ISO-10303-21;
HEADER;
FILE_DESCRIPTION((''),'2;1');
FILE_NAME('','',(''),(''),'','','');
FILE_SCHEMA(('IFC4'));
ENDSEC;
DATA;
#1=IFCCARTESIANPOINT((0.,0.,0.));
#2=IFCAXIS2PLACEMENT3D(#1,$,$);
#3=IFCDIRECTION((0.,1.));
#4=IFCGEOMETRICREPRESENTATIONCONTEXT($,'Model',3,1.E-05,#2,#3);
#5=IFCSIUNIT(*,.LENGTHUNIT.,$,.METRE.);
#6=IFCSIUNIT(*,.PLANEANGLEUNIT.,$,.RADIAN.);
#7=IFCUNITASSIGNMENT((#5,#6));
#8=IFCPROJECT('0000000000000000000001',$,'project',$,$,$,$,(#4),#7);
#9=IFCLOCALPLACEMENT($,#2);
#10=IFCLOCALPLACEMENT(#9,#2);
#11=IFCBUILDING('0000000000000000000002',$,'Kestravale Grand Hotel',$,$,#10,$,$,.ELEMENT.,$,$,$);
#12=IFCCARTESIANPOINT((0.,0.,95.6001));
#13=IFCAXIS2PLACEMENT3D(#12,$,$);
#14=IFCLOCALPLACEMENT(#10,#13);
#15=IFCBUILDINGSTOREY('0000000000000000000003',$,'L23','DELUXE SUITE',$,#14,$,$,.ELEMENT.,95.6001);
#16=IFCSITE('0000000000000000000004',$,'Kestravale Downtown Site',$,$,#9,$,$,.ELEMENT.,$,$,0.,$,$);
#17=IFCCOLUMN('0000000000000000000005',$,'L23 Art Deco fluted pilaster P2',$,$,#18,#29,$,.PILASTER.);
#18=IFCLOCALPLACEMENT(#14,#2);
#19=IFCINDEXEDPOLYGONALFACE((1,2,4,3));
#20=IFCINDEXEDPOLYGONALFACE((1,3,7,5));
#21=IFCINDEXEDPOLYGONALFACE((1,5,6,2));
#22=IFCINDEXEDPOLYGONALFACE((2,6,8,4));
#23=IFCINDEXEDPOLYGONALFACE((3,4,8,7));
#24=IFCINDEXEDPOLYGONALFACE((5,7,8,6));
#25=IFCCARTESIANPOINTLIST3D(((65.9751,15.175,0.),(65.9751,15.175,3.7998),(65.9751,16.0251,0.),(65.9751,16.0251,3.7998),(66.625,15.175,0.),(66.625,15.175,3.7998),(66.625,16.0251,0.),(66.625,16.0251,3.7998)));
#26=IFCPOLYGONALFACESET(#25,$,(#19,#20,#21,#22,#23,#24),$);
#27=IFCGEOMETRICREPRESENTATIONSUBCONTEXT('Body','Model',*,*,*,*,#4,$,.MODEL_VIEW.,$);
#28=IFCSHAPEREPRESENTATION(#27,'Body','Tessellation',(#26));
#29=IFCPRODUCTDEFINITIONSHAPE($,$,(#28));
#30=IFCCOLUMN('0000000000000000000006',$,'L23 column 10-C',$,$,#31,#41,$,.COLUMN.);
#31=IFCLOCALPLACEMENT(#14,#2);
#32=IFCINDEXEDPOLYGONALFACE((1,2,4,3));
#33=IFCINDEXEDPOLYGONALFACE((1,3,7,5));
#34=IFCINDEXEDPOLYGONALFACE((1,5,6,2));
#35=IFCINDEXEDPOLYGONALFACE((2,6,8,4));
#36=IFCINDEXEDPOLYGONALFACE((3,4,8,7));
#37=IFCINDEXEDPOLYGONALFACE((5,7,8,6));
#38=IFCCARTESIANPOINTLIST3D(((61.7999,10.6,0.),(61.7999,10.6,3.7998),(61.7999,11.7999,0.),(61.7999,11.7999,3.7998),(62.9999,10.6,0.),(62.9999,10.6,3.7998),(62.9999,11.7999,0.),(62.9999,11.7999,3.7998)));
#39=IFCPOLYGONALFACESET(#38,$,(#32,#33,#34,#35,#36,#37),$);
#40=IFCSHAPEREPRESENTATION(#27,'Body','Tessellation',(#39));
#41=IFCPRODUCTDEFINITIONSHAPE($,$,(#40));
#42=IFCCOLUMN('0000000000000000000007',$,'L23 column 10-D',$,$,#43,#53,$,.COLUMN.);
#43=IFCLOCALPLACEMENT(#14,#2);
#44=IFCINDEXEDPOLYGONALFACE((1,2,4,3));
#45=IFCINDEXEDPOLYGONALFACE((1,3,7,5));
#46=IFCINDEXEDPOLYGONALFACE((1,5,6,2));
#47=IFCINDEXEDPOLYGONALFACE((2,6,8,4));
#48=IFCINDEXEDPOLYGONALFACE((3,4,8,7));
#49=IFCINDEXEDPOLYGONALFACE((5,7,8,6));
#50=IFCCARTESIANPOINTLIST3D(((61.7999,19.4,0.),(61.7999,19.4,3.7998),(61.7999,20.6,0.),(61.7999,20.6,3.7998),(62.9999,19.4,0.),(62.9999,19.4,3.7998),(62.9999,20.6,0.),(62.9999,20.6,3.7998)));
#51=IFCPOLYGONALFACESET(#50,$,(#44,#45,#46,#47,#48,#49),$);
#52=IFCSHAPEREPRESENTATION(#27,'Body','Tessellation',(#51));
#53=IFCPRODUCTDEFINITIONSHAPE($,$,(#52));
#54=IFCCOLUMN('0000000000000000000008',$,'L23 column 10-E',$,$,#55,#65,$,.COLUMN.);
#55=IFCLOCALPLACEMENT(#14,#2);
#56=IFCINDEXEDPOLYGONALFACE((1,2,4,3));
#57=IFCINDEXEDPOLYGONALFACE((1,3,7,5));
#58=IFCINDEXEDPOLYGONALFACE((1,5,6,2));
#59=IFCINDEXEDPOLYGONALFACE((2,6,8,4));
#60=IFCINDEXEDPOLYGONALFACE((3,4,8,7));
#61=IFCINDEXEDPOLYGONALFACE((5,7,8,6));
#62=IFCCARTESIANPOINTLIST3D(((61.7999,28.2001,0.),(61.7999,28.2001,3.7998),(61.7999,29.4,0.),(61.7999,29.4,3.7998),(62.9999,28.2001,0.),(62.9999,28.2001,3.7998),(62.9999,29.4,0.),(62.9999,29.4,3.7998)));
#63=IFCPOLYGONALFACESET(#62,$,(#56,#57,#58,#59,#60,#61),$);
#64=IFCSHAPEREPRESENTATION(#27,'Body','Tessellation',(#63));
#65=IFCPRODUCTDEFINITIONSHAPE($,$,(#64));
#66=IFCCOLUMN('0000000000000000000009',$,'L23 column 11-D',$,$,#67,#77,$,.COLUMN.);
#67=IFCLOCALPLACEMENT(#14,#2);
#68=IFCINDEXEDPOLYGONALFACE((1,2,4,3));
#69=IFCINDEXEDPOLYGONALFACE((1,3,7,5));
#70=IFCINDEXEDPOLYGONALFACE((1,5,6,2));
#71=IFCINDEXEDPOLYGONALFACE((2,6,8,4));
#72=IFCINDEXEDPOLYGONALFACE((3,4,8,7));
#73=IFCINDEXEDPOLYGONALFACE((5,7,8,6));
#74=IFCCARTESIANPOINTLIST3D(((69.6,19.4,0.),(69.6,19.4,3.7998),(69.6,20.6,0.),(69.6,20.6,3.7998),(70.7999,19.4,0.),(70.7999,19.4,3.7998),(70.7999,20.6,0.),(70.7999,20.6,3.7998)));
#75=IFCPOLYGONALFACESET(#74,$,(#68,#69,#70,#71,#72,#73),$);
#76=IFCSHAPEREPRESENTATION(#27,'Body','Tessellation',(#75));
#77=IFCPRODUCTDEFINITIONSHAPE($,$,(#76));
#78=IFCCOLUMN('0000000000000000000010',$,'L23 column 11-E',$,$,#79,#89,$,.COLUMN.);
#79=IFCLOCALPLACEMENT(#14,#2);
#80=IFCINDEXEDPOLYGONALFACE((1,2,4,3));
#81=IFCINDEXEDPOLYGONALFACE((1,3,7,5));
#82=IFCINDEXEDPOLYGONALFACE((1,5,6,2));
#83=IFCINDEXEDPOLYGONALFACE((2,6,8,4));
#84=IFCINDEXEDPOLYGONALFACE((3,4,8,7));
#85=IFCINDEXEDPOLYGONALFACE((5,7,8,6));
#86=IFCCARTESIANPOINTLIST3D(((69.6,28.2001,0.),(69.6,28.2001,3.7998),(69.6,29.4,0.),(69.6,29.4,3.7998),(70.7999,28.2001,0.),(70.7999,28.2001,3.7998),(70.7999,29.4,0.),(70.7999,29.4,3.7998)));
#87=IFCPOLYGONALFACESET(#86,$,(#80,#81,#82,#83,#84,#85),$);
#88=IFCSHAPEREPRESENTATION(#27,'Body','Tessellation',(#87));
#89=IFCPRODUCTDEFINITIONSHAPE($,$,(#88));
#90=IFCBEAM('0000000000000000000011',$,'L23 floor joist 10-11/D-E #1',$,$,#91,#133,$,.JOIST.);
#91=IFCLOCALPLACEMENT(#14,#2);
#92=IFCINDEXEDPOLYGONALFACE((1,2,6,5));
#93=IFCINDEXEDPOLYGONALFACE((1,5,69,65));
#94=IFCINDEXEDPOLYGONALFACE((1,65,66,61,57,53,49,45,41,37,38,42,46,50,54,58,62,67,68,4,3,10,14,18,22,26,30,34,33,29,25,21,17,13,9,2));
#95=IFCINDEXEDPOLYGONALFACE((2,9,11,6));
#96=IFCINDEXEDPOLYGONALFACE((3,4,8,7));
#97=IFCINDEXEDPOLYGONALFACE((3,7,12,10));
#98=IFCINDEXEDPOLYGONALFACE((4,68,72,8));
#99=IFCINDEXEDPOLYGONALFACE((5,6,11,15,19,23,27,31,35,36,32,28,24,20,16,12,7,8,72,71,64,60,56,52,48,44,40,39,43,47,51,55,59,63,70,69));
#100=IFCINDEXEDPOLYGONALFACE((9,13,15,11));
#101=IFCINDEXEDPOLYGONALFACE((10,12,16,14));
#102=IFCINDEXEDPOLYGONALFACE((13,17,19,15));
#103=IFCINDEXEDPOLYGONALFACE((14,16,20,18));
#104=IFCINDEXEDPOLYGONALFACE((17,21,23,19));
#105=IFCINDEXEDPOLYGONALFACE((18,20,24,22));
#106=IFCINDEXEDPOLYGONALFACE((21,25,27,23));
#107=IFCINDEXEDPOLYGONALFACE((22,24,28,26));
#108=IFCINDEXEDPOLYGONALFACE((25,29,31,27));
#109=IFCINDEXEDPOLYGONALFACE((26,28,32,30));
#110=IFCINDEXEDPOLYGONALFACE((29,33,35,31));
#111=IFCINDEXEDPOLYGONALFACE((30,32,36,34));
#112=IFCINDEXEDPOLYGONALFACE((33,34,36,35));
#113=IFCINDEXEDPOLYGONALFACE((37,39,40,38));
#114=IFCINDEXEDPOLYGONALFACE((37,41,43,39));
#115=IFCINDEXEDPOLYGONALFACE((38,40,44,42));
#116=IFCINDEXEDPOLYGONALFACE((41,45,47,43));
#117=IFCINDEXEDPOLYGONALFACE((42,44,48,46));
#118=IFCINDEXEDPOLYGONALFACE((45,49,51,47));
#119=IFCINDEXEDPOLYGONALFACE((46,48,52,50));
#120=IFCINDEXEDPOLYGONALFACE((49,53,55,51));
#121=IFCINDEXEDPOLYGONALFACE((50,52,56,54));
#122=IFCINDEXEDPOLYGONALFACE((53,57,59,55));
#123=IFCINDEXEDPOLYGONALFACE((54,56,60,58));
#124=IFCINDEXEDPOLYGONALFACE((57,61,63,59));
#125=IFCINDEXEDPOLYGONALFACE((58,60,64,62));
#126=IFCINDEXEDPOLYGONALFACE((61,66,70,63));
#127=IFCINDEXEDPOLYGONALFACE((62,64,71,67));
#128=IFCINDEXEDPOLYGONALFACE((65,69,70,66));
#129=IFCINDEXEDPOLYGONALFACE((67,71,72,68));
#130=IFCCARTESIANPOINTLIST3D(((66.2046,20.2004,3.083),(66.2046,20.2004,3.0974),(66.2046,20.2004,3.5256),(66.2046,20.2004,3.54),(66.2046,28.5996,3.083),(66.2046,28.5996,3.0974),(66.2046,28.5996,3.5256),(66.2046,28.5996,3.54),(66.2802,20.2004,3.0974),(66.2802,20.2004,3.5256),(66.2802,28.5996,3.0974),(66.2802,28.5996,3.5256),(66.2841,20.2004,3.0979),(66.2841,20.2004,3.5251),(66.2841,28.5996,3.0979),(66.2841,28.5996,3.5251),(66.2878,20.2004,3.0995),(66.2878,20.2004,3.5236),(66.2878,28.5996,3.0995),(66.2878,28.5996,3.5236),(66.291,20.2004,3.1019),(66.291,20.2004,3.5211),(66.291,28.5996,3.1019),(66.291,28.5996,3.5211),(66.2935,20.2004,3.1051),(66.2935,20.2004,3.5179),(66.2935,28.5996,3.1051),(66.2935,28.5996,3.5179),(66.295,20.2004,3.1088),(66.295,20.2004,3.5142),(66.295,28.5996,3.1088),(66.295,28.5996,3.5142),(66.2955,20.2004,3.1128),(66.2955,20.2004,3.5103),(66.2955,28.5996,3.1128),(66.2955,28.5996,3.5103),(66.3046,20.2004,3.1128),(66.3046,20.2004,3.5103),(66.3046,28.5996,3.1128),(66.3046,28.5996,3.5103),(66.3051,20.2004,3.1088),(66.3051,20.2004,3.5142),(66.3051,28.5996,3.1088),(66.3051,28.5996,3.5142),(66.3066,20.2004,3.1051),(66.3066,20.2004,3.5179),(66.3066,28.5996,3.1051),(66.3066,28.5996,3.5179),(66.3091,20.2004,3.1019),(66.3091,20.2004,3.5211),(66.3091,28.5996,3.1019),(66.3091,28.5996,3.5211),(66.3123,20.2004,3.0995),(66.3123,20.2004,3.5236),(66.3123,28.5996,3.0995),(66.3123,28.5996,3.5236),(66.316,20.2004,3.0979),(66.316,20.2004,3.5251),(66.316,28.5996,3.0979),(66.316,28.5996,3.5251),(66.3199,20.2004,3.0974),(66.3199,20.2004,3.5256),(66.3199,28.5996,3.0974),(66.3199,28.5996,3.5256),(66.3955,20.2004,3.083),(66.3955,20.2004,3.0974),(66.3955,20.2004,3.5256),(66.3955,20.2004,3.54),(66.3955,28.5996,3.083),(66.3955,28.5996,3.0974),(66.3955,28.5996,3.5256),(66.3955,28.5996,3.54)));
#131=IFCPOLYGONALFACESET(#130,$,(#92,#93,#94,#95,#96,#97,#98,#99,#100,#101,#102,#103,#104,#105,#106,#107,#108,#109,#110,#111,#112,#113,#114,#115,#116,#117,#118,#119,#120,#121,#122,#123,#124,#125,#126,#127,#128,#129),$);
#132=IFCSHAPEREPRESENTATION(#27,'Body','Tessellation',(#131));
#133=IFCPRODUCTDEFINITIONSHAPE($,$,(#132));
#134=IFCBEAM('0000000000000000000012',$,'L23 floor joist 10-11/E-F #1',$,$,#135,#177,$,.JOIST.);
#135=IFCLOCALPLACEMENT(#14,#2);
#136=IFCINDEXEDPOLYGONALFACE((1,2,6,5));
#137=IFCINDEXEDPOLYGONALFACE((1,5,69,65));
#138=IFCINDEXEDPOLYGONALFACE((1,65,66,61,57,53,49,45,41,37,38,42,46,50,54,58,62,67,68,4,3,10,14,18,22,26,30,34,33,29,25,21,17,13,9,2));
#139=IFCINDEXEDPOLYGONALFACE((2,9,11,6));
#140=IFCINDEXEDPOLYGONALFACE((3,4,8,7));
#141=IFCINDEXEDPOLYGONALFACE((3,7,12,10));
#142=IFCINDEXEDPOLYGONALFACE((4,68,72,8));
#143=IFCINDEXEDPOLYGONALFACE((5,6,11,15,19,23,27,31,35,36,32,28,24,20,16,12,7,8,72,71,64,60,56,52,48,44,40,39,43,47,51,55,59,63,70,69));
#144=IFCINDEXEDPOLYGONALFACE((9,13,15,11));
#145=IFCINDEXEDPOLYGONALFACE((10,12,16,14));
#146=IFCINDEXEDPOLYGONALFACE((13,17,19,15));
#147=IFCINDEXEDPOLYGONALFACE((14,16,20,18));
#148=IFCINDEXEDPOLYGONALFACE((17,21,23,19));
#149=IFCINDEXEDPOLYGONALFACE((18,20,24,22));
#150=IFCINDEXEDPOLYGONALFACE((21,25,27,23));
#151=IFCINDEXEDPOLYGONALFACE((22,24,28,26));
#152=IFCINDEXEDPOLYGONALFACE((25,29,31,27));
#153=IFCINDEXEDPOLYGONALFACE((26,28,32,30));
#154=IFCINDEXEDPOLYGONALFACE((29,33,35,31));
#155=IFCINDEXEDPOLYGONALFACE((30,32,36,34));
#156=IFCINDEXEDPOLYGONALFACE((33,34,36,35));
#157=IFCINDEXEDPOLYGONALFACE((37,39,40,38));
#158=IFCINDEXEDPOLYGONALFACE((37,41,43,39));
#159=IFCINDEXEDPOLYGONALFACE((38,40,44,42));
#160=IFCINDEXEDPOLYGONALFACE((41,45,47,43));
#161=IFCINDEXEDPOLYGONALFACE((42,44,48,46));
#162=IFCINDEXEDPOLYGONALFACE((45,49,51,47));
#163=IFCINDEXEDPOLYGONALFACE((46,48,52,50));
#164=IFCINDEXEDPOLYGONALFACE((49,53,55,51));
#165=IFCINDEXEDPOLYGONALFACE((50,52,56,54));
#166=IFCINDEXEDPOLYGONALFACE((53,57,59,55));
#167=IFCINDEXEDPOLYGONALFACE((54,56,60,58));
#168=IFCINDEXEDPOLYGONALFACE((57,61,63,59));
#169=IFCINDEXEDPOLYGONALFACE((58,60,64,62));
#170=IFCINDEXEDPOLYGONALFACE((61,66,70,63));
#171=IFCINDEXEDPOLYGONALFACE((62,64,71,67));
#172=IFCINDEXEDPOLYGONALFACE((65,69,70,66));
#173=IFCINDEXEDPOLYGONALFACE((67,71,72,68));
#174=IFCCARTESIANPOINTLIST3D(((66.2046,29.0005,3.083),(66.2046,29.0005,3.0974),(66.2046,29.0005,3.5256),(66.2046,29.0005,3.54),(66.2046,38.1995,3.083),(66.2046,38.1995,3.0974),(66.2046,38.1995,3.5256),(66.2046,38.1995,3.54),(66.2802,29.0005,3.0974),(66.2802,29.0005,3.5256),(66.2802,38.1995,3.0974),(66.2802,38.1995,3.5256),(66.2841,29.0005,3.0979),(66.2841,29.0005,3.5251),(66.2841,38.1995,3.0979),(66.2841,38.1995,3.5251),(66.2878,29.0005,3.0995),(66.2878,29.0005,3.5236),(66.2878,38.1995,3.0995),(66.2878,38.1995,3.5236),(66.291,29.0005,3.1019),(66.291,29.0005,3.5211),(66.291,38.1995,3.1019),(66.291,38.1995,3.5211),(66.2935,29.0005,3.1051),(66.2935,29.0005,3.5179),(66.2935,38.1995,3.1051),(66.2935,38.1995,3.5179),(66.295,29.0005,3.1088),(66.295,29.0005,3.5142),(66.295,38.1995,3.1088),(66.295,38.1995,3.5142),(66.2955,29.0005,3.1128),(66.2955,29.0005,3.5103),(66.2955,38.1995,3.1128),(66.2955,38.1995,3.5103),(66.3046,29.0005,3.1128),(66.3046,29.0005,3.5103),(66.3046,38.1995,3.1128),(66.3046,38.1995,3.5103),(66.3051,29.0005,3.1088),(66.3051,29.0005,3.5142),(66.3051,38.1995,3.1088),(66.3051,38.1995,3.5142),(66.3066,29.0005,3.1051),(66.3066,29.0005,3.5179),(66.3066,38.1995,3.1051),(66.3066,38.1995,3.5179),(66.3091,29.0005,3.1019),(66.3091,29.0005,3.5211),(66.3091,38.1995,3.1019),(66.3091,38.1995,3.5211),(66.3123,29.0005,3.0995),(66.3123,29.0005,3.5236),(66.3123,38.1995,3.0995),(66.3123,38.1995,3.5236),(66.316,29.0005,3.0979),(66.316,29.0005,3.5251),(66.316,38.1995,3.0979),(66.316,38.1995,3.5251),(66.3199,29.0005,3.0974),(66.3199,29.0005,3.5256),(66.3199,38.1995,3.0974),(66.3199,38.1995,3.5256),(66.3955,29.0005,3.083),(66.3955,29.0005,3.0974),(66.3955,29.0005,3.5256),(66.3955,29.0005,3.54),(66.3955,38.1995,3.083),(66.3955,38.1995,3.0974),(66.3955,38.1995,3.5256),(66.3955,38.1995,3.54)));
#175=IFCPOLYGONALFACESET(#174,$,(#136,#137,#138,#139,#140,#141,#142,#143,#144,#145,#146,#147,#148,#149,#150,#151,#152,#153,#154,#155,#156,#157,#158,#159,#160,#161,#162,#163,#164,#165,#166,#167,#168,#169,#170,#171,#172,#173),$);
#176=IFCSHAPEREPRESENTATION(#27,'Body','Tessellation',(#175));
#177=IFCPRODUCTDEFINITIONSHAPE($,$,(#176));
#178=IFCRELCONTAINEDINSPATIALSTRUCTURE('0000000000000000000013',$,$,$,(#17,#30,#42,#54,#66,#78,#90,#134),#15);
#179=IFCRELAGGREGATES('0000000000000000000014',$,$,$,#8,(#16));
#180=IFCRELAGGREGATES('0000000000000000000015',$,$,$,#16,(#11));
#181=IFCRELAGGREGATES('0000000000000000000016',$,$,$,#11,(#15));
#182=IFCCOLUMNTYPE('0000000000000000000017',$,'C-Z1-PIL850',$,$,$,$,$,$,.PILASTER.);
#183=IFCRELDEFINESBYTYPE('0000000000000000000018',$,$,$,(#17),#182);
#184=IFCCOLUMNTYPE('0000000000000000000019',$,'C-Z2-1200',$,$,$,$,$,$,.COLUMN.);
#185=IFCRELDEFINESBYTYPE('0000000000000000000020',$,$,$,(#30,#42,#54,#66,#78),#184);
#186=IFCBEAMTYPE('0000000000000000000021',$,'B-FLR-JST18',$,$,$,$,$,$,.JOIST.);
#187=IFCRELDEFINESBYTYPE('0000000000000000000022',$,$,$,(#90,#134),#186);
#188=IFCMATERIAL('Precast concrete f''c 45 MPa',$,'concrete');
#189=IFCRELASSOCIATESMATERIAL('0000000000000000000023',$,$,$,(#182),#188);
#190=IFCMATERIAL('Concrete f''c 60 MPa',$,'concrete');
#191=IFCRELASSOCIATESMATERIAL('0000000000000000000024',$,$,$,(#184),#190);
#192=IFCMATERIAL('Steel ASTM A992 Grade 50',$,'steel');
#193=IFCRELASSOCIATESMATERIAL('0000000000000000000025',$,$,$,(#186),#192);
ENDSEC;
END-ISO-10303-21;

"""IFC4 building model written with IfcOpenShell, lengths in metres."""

from ifc_helpers import new_model, si_unit, direction, frame, origin, origin_2d, place, context, subcontext, project, spatial, rectangle, i_section, extrude, material, material_profile, profile_set, type_object, element, save


model = new_model("IFC4")

# Units and contexts
model_context = context("Model", 3, precision=1e-05, world=origin(), true_north=direction((0.0, 1.0)))
body_context = subcontext(model_context, "Body", "Model", "MODEL_VIEW")
ifc_project = project(units=[si_unit("LENGTHUNIT", "METRE"), si_unit("PLANEANGLEUNIT", "RADIAN")], contexts=[model_context])

# Site, building, storey
site_placement = place(None, origin())
site = spatial("IfcSite", under=ifc_project, at=site_placement, Name="Kestravale Downtown Site", CompositionType="ELEMENT", RefElevation=0.0)
building_placement = place(site_placement, origin())
building = spatial("IfcBuilding", under=site, at=building_placement, Name="Kestravale Grand Hotel", CompositionType="ELEMENT")
storey_placement = place(building_placement, frame((0.0, 0.0, 95.6001)))
storey = spatial("IfcBuildingStorey", under=building, at=storey_placement, Name="L23", Description="DELUXE SUITE", CompositionType="ELEMENT", Elevation=95.6001)

# Columns
ifc_material_1 = material(Name="Precast concrete f'c 45 MPa", Category="concrete")
ifc_material_profile_1 = material_profile(ifc_material_1, rectangle(XDim=0.6499, YDim=0.8501, at=origin_2d()))
ifc_profile_set_1 = profile_set([ifc_material_profile_1], Name="Precast concrete f'c 45 MPa")
column_type_1 = type_object("IfcColumnType", Name="C-Z1-PIL850", PredefinedType="PILASTER", material=ifc_profile_set_1)
column_placement = place(storey_placement, frame((66.3, 15.6001, 0.0), z_axis=(0.0, 0.0, 1.0), x_axis=(1.0, 0.0, 0.0)))
element("IfcColumn", 1, at=column_placement, inside=storey, type_object=column_type_1, Name="L23 Art Deco fluted pilaster P2", PredefinedType="PILASTER", context=body_context, shape_type="SweptSolid", body=[
    extrude(rectangle(XDim=0.6499, YDim=0.8501, at=origin_2d()), origin(), (0.0, 0.0, 1.0), 3.7998),
])
ifc_material_2 = material(Name="Concrete f'c 60 MPa", Category="concrete")
ifc_material_profile_2 = material_profile(ifc_material_2, rectangle(XDim=1.2, YDim=1.2, at=origin_2d()))
ifc_profile_set_2 = profile_set([ifc_material_profile_2], Name="Concrete f'c 60 MPa")
column_type_2 = type_object("IfcColumnType", Name="C-Z2-1200", PredefinedType="COLUMN", material=ifc_profile_set_2)
for number, where, z_axis, x_axis, name in (
    (2, (62.3999, 11.2, 0.0), (0.0, 0.0, 1.0), (1.0, 0.0, 0.0), "L23 column 10-C"),
    (3, (62.3999, 20.0, 0.0), (0.0, 0.0, 1.0), (1.0, 0.0, 0.0), "L23 column 10-D"),
    (4, (62.3999, 28.8, 0.0), (0.0, 0.0, 1.0), (1.0, 0.0, 0.0), "L23 column 10-E"),
    (5, (70.2, 20.0, 0.0), (0.0, 0.0, 1.0), (1.0, 0.0, 0.0), "L23 column 11-D"),
    (6, (70.2, 28.8, 0.0), (0.0, 0.0, 1.0), (1.0, 0.0, 0.0), "L23 column 11-E"),
):
    element("IfcColumn", number, at=place(storey_placement, frame(where, z_axis=z_axis, x_axis=x_axis)), inside=storey, type_object=column_type_2, Name=name, PredefinedType="COLUMN", context=body_context, shape_type="SweptSolid", body=[
        extrude(rectangle(XDim=1.2, YDim=1.2, at=origin_2d()), origin(), (0.0, 0.0, 1.0), 3.7998),
    ])

# Beams
ifc_material_3 = material(Name="Steel ASTM A992 Grade 50", Category="steel")
ifc_material_profile_3 = material_profile(ifc_material_3, i_section(OverallWidth=0.1909, OverallDepth=0.457, WebThickness=0.009, FlangeThickness=0.0144, FilletRadius=0.0154, at=origin_2d()))
ifc_profile_set_3 = profile_set([ifc_material_profile_3], Name="Steel ASTM A992 Grade 50")
beam_type_1 = type_object("IfcBeamType", Name="B-FLR-JST18", PredefinedType="JOIST", material=ifc_profile_set_3)
beam_1_placement = place(storey_placement, frame((66.3, 20.2004, 3.3115), z_axis=(0.0, 1.0, 0.0), x_axis=(-1.0, 0.0, 0.0)))
element("IfcBeam", 7, at=beam_1_placement, inside=storey, type_object=beam_type_1, Name="L23 floor joist 10-11/D-E #1", PredefinedType="JOIST", context=body_context, shape_type="SweptSolid", body=[
    extrude(i_section(OverallWidth=0.1909, OverallDepth=0.457, WebThickness=0.009, FlangeThickness=0.0144, FilletRadius=0.0154, at=origin_2d()), origin(), (0.0, 0.0, 1.0), 8.3992),
])
beam_2_placement = place(storey_placement, frame((66.3, 29.0005, 3.3115), z_axis=(0.0, 1.0, 0.0), x_axis=(-1.0, 0.0, 0.0)))
element("IfcBeam", 8, at=beam_2_placement, inside=storey, type_object=beam_type_1, Name="L23 floor joist 10-11/E-F #1", PredefinedType="JOIST", context=body_context, shape_type="SweptSolid", body=[
    extrude(i_section(OverallWidth=0.1909, OverallDepth=0.457, WebThickness=0.009, FlangeThickness=0.0144, FilletRadius=0.0154, at=origin_2d()), origin(), (0.0, 0.0, 1.0), 9.199),
])

save(model, "model.ifc")
